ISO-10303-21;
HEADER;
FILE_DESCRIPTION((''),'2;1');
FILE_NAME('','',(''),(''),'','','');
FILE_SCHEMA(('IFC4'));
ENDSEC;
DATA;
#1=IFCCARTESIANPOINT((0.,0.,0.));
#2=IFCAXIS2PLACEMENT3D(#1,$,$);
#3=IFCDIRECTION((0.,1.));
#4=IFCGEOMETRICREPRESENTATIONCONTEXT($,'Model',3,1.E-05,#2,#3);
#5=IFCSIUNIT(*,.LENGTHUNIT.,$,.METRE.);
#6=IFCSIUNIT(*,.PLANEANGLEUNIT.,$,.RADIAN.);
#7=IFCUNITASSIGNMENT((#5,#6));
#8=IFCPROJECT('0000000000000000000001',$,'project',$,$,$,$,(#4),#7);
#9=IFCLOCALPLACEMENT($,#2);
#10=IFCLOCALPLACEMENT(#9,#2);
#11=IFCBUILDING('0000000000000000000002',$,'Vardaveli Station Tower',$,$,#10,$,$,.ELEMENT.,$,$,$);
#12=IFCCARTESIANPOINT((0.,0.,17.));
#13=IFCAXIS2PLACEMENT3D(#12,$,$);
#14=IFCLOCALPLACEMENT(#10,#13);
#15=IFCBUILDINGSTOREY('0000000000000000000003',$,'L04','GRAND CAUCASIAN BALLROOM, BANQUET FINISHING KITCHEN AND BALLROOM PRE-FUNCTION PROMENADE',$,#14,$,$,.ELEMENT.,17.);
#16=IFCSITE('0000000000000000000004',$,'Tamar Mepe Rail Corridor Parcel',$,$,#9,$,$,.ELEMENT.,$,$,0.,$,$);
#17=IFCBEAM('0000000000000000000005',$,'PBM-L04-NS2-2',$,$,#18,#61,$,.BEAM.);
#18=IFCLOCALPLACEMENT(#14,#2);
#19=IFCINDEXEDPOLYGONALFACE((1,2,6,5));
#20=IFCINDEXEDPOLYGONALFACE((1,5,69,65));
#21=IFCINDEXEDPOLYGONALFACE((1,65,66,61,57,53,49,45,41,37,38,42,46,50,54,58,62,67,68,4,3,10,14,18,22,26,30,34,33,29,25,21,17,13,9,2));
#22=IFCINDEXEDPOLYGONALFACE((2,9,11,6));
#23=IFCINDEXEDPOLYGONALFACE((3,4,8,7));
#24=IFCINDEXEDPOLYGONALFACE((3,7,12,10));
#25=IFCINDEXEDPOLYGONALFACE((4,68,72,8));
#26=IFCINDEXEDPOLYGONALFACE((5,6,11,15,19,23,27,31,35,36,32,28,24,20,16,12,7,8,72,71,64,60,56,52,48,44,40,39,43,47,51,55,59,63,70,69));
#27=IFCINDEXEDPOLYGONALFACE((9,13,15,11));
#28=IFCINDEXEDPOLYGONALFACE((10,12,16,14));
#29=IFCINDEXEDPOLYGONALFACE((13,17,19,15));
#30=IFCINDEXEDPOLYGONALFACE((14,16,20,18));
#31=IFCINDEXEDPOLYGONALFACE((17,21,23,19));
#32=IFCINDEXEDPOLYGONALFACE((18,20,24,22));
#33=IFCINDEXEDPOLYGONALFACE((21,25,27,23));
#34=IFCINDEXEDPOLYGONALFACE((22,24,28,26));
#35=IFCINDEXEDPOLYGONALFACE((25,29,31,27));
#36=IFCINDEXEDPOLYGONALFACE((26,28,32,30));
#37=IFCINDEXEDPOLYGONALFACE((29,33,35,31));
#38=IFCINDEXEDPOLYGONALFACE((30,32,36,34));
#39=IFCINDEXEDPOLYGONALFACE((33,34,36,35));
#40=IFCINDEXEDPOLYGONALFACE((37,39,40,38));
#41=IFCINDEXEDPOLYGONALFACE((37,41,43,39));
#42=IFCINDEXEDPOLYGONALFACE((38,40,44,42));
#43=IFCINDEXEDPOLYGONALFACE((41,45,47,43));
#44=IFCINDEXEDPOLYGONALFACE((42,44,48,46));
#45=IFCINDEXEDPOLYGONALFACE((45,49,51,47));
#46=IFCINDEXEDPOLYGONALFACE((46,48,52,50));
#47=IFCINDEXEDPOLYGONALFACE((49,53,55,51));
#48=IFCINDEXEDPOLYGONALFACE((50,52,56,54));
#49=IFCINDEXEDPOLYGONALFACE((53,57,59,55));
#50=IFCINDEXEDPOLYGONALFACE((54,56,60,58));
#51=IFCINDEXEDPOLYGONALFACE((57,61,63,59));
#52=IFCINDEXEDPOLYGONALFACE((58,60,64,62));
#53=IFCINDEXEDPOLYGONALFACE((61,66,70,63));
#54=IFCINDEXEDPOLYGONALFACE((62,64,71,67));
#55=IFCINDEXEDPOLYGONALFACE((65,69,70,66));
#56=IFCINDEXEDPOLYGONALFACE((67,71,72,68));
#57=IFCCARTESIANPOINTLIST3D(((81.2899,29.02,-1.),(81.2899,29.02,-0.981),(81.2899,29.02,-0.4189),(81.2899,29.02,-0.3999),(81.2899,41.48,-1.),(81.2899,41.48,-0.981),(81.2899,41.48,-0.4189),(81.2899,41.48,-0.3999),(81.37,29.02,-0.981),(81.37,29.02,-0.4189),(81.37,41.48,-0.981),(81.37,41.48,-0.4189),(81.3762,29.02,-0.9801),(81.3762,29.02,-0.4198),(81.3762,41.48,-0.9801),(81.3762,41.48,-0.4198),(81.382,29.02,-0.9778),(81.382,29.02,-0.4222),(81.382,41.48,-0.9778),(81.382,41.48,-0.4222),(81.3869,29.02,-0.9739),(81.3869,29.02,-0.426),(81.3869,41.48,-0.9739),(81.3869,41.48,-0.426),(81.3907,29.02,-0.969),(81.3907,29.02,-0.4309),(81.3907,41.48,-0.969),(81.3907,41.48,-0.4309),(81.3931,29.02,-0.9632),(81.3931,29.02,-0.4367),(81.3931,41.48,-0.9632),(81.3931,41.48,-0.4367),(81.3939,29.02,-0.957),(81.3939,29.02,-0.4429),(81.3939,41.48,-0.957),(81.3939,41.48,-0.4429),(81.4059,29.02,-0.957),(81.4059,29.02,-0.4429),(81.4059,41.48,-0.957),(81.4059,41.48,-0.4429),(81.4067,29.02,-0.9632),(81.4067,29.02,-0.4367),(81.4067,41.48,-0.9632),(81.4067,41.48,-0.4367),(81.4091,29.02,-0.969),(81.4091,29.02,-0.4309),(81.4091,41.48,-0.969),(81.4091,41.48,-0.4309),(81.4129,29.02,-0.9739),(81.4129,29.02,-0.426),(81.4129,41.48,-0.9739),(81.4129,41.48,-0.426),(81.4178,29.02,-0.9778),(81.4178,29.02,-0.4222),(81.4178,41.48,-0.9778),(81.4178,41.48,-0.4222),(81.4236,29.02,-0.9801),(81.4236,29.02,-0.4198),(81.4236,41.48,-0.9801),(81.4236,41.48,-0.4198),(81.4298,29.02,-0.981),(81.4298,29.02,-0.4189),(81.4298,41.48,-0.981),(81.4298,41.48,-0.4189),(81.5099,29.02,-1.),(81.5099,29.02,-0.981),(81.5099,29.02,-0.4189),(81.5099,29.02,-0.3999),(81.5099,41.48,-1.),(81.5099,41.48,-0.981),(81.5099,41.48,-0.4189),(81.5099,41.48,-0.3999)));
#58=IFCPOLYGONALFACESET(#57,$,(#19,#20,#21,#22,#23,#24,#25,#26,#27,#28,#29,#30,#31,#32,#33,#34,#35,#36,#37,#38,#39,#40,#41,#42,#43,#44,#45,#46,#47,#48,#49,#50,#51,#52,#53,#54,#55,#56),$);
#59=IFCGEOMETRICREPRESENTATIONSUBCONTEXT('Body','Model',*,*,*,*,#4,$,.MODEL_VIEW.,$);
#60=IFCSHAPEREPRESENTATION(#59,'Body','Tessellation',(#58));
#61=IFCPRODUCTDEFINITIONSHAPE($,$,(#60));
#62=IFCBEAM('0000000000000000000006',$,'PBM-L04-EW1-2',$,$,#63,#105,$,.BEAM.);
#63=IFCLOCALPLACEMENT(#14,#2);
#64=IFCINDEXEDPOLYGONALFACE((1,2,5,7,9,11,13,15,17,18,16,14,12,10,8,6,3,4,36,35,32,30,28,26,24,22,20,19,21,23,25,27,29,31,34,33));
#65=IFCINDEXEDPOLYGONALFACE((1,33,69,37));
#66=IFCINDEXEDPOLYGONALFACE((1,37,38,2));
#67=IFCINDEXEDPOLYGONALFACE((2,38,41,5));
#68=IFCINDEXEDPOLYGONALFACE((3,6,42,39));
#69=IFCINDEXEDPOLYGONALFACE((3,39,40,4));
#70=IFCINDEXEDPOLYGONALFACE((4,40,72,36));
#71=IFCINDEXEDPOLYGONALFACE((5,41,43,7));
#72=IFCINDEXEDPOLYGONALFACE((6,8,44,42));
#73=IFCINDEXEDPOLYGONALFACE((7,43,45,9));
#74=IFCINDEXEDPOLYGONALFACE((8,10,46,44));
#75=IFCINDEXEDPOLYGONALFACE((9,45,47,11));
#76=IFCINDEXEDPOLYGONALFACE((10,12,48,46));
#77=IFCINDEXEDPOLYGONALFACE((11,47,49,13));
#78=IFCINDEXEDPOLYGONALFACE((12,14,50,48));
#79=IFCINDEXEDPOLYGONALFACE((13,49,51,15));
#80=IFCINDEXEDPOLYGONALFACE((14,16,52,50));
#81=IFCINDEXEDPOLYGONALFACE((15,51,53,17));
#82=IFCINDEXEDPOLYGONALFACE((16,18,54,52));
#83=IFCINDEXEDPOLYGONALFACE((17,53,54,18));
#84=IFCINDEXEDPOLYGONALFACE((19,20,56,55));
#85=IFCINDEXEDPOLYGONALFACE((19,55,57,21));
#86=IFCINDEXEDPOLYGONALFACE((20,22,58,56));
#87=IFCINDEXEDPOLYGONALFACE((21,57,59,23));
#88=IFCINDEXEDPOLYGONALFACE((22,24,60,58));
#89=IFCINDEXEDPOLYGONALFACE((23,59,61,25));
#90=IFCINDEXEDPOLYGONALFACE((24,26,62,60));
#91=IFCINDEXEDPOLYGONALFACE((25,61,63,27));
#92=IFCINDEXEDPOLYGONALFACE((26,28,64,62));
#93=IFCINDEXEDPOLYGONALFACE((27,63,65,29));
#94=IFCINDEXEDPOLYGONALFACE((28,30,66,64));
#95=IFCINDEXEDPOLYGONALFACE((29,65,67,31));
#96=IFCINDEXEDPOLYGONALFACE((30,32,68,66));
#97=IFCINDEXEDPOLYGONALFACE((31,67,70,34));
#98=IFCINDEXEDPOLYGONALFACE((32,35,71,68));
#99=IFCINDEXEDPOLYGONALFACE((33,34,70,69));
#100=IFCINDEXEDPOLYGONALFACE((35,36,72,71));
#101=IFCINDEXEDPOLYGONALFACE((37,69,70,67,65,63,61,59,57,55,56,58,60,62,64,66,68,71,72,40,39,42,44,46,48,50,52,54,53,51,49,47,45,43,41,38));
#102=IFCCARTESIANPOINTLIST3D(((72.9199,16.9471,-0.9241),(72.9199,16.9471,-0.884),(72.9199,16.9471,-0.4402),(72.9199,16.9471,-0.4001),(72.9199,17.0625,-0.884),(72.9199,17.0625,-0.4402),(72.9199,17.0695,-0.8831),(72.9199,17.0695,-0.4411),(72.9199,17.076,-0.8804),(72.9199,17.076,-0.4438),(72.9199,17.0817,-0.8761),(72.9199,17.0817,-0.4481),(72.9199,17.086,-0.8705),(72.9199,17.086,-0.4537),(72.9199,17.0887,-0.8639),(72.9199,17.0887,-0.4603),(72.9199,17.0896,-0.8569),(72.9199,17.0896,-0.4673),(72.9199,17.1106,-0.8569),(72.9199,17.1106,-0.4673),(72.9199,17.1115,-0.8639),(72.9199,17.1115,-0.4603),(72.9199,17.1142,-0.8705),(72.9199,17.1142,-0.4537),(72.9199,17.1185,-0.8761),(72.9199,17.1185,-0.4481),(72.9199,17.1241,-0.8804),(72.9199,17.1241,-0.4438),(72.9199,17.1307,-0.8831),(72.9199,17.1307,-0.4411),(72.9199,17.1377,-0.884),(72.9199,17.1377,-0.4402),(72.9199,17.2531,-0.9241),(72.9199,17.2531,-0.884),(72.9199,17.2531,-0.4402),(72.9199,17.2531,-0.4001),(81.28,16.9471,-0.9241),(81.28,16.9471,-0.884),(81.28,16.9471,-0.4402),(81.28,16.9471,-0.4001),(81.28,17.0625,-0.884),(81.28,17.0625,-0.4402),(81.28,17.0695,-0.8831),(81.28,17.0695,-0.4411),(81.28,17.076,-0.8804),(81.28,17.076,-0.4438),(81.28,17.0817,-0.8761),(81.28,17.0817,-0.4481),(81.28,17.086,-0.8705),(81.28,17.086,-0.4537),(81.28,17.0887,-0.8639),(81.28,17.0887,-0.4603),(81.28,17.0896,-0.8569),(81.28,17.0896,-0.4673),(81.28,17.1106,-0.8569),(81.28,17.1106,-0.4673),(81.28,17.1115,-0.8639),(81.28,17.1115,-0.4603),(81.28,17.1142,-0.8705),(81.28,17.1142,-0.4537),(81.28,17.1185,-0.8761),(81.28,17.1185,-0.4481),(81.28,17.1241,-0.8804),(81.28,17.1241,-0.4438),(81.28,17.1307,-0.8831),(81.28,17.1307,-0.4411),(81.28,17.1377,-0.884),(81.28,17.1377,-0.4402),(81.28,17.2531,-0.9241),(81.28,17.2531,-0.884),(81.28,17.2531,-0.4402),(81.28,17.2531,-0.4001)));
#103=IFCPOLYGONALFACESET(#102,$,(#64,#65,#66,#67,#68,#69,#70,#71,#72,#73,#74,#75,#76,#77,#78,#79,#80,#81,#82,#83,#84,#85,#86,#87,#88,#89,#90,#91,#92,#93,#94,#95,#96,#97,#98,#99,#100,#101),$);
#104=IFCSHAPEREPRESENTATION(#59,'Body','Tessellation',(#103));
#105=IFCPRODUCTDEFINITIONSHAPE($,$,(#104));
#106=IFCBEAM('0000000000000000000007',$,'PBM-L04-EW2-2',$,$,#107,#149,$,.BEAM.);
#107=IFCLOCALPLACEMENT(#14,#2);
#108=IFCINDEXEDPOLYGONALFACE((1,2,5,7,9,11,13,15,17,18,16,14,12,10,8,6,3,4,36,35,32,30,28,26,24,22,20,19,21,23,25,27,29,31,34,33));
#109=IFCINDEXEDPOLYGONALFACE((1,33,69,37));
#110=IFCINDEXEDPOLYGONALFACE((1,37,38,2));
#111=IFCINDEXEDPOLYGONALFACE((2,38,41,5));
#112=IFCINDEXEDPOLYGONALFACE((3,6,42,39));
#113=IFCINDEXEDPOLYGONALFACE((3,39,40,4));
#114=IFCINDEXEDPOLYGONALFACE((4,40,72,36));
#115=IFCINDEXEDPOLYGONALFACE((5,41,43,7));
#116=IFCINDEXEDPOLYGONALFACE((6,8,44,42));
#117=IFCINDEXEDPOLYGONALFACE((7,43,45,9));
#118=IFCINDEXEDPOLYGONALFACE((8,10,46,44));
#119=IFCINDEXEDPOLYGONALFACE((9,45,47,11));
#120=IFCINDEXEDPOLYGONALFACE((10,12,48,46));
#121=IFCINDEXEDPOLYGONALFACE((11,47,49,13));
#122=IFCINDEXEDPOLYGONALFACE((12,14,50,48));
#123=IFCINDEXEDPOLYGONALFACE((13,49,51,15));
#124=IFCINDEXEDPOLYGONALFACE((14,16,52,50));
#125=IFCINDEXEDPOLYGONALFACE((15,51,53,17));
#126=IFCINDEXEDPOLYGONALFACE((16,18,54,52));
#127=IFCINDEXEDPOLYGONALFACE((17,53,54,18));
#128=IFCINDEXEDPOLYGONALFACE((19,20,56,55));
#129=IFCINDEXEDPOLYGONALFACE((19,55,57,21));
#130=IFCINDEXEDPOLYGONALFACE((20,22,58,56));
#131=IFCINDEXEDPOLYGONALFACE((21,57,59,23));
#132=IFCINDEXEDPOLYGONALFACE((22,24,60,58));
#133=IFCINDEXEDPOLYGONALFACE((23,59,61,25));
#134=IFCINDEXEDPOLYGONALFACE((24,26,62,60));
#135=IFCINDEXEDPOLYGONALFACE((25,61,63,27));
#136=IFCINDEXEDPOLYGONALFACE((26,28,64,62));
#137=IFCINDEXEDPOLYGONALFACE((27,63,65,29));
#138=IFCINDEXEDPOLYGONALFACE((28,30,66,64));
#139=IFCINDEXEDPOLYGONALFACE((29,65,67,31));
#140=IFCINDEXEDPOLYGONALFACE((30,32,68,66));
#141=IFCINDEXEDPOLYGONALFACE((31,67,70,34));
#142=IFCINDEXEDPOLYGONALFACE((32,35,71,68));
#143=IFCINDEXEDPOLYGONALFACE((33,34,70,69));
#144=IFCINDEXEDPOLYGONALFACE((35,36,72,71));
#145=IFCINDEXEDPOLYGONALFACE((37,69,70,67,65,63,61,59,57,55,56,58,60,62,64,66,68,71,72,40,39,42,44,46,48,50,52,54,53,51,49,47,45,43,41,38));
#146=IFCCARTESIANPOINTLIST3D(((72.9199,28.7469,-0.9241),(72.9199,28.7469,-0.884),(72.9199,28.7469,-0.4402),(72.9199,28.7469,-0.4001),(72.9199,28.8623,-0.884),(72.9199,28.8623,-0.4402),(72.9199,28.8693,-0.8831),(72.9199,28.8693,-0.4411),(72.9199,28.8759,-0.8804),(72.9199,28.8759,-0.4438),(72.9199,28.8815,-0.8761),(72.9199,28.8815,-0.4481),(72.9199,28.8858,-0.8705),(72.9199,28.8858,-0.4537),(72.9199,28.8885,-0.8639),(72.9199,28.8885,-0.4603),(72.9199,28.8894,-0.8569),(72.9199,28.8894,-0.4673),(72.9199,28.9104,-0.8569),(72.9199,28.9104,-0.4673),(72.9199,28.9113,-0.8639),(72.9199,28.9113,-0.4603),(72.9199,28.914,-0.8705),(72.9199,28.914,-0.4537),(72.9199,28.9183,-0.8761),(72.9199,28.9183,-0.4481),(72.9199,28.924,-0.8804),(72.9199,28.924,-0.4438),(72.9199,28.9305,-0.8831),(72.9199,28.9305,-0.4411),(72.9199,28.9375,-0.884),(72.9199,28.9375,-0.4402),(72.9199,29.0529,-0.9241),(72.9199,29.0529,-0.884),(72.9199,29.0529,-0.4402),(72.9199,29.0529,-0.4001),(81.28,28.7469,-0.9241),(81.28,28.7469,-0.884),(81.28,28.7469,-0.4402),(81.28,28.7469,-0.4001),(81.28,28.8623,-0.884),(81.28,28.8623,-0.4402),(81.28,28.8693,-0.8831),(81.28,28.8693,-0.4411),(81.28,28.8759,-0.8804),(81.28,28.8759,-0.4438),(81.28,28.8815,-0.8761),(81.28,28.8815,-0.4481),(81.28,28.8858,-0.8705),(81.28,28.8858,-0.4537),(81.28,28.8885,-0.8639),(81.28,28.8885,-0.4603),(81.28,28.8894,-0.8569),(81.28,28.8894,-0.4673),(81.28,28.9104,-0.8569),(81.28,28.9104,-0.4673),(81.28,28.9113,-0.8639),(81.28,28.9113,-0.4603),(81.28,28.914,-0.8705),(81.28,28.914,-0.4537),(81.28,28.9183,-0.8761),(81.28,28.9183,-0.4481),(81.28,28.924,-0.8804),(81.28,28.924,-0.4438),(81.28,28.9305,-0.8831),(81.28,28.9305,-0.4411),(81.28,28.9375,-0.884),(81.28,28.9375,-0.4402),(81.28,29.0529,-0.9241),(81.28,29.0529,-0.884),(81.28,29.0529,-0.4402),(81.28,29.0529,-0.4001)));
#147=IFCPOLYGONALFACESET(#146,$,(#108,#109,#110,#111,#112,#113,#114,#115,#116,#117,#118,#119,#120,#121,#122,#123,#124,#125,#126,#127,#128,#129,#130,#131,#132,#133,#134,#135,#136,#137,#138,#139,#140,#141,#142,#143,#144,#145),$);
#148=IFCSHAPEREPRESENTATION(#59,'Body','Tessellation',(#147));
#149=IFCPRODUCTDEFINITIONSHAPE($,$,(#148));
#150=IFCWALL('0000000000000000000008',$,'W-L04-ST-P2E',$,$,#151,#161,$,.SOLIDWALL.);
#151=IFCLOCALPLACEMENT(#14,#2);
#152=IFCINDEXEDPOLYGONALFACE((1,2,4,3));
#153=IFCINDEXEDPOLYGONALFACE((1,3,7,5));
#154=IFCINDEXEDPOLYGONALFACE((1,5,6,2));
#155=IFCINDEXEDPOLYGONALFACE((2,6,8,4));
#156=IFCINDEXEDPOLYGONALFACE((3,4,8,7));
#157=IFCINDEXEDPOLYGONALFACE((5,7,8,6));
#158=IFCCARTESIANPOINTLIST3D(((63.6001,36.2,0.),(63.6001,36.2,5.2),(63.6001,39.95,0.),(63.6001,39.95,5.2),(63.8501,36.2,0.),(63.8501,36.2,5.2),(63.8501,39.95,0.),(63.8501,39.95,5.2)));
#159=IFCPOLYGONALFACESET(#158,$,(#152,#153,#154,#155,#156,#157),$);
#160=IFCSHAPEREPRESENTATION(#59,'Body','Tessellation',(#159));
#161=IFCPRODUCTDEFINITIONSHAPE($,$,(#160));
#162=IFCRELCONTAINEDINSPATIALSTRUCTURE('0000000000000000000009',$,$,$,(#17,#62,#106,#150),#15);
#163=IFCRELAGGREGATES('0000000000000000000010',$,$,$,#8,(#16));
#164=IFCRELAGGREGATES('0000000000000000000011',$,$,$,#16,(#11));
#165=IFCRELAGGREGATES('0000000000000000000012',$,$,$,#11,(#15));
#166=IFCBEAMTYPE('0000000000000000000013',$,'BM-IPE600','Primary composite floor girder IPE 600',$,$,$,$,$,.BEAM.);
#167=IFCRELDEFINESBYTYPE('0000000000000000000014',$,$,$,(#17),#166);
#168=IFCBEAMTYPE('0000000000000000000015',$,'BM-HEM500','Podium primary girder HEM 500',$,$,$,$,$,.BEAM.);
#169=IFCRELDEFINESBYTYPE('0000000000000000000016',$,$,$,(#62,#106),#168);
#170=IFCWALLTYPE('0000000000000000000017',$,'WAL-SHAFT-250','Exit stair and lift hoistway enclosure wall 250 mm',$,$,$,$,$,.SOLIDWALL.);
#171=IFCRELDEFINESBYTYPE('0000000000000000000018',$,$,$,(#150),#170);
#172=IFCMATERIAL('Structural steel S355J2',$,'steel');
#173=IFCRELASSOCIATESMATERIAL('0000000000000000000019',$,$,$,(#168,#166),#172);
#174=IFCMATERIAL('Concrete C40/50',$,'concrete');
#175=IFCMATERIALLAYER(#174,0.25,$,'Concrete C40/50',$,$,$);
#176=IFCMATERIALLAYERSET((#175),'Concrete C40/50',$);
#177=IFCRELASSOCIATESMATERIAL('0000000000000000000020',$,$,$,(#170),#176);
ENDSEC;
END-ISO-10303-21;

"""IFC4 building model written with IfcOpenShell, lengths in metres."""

from ifc_helpers import new_model, si_unit, direction, frame, frame_2d, origin, origin_2d, place, context, subcontext, project, spatial, rectangle, i_section, extrude, source, transform, mapped, material, layer, layer_set, material_profile, profile_set, type_object, element, save


model = new_model("IFC4")

# Units and contexts
model_context = context("Model", 3, precision=1e-05, world=origin(), true_north=direction((0.0, 1.0)))
body_context = subcontext(model_context, "Body", "Model", "MODEL_VIEW")
ifc_project = project(units=[si_unit("LENGTHUNIT", "METRE"), si_unit("PLANEANGLEUNIT", "RADIAN")], contexts=[model_context])

# Site, building, storey
site_placement = place(None, origin())
site = spatial("IfcSite", under=ifc_project, at=site_placement, Name="Tamar Mepe Rail Corridor Parcel", CompositionType="ELEMENT", RefElevation=0.0)
building_placement = place(site_placement, origin())
building = spatial("IfcBuilding", under=site, at=building_placement, Name="Vardaveli Station Tower", CompositionType="ELEMENT")
storey_placement = place(building_placement, frame((0.0, 0.0, 17.0)))
storey = spatial("IfcBuildingStorey", under=building, at=storey_placement, Name="L04", Description="GRAND CAUCASIAN BALLROOM, BANQUET FINISHING KITCHEN AND BALLROOM PRE-FUNCTION PROMENADE", CompositionType="ELEMENT", Elevation=17.0)

# Beams
ifc_material_1 = material(Name="Structural steel S355J2", Category="steel")
ifc_material_profile_1 = material_profile(ifc_material_1, i_section(OverallWidth=0.3059, OverallDepth=0.5239, WebThickness=0.021, FlangeThickness=0.04, FilletRadius=0.0271, at=origin_2d()), Name="HEM 500")
ifc_profile_set_1 = profile_set([ifc_material_profile_1], Name="Structural steel S355J2")
beam_type_1 = type_object("IfcBeamType", Name="BM-HEM500", Description="Podium primary girder HEM 500", PredefinedType="BEAM", material=ifc_profile_set_1)
ifc_material_profile_2 = material_profile(ifc_material_1, i_section(OverallWidth=0.22, OverallDepth=0.6001, WebThickness=0.012, FlangeThickness=0.019, FilletRadius=0.0239, at=origin_2d()), Name="IPE 600")
ifc_profile_set_2 = profile_set([ifc_material_profile_2], Name="Structural steel S355J2")
beam_type_2 = type_object("IfcBeamType", Name="BM-IPE600", Description="Primary composite floor girder IPE 600", PredefinedType="BEAM", material=ifc_profile_set_2)
shared_shape_1 = source(origin(), body_context, "Body", "SweptSolid", [
    extrude(i_section(OverallWidth=0.22, OverallDepth=0.6001, WebThickness=0.012, FlangeThickness=0.019, FilletRadius=0.0239, at=origin_2d()), origin(), (0.0, 0.0, 1.0), 12.46),
])
for number, where, z_axis, x_axis, name in (
    (1, (81.3999, 29.02, -0.7), (0.0, 1.0, 0.0), (-1.0, 0.0, 0.0), "PBM-L04-NS2-2"),
):
    element("IfcBeam", number, at=place(storey_placement, frame(where, z_axis=z_axis, x_axis=x_axis)), inside=storey, type_object=beam_type_2, Name=name, PredefinedType="BEAM", context=body_context, shape_type="MappedRepresentation", body=[
        mapped(shared_shape_1, transform((0.0, 0.0, 0.0), scale=1.0)),
    ])
shared_shape_2 = source(origin(), body_context, "Body", "SweptSolid", [
    extrude(i_section(OverallWidth=0.3059, OverallDepth=0.5239, WebThickness=0.021, FlangeThickness=0.04, FilletRadius=0.0271, at=origin_2d()), origin(), (0.0, 0.0, 1.0), 8.3601),
])
for number, where, z_axis, x_axis, name in (
    (2, (72.9199, 17.1001, -0.6621), (1.0, 0.0, 0.0), (0.0, 1.0, 0.0), "PBM-L04-EW1-2"),
    (3, (72.9199, 28.8999, -0.6621), (1.0, 0.0, 0.0), (0.0, 1.0, 0.0), "PBM-L04-EW2-2"),
):
    element("IfcBeam", number, at=place(storey_placement, frame(where, z_axis=z_axis, x_axis=x_axis)), inside=storey, type_object=beam_type_1, Name=name, PredefinedType="BEAM", context=body_context, shape_type="MappedRepresentation", body=[
        mapped(shared_shape_2, transform((0.0, 0.0, 0.0), scale=1.0)),
    ])

# Wall
ifc_material_2 = material(Name="Concrete C40/50", Category="concrete")
ifc_layer_1 = layer(ifc_material_2, 0.25, Name="Concrete C40/50")
ifc_layer_set_1 = layer_set([ifc_layer_1], Name="Concrete C40/50")
wall_type_1 = type_object("IfcWallType", Name="WAL-SHAFT-250", Description="Exit stair and lift hoistway enclosure wall 250 mm", PredefinedType="SOLIDWALL", material=ifc_layer_set_1)
shared_shape_3 = source(origin(), body_context, "Body", "SweptSolid", [
    extrude(rectangle(XDim=3.75, YDim=0.25, at=frame_2d((1.875, 0.0))), origin(), (0.0, 0.0, 1.0), 5.2),
])
wall_1_placement = place(storey_placement, frame((63.7251, 36.2, 0.0), z_axis=(0.0, 0.0, 1.0), x_axis=(0.0, 1.0, 0.0)))
element("IfcWall", 4, at=wall_1_placement, inside=storey, type_object=wall_type_1, Name="W-L04-ST-P2E", PredefinedType="SOLIDWALL", context=body_context, shape_type="MappedRepresentation", body=[
    mapped(shared_shape_3, transform((0.0, 0.0, 0.0), scale=1.0)),
])

save(model, "model.ifc")
